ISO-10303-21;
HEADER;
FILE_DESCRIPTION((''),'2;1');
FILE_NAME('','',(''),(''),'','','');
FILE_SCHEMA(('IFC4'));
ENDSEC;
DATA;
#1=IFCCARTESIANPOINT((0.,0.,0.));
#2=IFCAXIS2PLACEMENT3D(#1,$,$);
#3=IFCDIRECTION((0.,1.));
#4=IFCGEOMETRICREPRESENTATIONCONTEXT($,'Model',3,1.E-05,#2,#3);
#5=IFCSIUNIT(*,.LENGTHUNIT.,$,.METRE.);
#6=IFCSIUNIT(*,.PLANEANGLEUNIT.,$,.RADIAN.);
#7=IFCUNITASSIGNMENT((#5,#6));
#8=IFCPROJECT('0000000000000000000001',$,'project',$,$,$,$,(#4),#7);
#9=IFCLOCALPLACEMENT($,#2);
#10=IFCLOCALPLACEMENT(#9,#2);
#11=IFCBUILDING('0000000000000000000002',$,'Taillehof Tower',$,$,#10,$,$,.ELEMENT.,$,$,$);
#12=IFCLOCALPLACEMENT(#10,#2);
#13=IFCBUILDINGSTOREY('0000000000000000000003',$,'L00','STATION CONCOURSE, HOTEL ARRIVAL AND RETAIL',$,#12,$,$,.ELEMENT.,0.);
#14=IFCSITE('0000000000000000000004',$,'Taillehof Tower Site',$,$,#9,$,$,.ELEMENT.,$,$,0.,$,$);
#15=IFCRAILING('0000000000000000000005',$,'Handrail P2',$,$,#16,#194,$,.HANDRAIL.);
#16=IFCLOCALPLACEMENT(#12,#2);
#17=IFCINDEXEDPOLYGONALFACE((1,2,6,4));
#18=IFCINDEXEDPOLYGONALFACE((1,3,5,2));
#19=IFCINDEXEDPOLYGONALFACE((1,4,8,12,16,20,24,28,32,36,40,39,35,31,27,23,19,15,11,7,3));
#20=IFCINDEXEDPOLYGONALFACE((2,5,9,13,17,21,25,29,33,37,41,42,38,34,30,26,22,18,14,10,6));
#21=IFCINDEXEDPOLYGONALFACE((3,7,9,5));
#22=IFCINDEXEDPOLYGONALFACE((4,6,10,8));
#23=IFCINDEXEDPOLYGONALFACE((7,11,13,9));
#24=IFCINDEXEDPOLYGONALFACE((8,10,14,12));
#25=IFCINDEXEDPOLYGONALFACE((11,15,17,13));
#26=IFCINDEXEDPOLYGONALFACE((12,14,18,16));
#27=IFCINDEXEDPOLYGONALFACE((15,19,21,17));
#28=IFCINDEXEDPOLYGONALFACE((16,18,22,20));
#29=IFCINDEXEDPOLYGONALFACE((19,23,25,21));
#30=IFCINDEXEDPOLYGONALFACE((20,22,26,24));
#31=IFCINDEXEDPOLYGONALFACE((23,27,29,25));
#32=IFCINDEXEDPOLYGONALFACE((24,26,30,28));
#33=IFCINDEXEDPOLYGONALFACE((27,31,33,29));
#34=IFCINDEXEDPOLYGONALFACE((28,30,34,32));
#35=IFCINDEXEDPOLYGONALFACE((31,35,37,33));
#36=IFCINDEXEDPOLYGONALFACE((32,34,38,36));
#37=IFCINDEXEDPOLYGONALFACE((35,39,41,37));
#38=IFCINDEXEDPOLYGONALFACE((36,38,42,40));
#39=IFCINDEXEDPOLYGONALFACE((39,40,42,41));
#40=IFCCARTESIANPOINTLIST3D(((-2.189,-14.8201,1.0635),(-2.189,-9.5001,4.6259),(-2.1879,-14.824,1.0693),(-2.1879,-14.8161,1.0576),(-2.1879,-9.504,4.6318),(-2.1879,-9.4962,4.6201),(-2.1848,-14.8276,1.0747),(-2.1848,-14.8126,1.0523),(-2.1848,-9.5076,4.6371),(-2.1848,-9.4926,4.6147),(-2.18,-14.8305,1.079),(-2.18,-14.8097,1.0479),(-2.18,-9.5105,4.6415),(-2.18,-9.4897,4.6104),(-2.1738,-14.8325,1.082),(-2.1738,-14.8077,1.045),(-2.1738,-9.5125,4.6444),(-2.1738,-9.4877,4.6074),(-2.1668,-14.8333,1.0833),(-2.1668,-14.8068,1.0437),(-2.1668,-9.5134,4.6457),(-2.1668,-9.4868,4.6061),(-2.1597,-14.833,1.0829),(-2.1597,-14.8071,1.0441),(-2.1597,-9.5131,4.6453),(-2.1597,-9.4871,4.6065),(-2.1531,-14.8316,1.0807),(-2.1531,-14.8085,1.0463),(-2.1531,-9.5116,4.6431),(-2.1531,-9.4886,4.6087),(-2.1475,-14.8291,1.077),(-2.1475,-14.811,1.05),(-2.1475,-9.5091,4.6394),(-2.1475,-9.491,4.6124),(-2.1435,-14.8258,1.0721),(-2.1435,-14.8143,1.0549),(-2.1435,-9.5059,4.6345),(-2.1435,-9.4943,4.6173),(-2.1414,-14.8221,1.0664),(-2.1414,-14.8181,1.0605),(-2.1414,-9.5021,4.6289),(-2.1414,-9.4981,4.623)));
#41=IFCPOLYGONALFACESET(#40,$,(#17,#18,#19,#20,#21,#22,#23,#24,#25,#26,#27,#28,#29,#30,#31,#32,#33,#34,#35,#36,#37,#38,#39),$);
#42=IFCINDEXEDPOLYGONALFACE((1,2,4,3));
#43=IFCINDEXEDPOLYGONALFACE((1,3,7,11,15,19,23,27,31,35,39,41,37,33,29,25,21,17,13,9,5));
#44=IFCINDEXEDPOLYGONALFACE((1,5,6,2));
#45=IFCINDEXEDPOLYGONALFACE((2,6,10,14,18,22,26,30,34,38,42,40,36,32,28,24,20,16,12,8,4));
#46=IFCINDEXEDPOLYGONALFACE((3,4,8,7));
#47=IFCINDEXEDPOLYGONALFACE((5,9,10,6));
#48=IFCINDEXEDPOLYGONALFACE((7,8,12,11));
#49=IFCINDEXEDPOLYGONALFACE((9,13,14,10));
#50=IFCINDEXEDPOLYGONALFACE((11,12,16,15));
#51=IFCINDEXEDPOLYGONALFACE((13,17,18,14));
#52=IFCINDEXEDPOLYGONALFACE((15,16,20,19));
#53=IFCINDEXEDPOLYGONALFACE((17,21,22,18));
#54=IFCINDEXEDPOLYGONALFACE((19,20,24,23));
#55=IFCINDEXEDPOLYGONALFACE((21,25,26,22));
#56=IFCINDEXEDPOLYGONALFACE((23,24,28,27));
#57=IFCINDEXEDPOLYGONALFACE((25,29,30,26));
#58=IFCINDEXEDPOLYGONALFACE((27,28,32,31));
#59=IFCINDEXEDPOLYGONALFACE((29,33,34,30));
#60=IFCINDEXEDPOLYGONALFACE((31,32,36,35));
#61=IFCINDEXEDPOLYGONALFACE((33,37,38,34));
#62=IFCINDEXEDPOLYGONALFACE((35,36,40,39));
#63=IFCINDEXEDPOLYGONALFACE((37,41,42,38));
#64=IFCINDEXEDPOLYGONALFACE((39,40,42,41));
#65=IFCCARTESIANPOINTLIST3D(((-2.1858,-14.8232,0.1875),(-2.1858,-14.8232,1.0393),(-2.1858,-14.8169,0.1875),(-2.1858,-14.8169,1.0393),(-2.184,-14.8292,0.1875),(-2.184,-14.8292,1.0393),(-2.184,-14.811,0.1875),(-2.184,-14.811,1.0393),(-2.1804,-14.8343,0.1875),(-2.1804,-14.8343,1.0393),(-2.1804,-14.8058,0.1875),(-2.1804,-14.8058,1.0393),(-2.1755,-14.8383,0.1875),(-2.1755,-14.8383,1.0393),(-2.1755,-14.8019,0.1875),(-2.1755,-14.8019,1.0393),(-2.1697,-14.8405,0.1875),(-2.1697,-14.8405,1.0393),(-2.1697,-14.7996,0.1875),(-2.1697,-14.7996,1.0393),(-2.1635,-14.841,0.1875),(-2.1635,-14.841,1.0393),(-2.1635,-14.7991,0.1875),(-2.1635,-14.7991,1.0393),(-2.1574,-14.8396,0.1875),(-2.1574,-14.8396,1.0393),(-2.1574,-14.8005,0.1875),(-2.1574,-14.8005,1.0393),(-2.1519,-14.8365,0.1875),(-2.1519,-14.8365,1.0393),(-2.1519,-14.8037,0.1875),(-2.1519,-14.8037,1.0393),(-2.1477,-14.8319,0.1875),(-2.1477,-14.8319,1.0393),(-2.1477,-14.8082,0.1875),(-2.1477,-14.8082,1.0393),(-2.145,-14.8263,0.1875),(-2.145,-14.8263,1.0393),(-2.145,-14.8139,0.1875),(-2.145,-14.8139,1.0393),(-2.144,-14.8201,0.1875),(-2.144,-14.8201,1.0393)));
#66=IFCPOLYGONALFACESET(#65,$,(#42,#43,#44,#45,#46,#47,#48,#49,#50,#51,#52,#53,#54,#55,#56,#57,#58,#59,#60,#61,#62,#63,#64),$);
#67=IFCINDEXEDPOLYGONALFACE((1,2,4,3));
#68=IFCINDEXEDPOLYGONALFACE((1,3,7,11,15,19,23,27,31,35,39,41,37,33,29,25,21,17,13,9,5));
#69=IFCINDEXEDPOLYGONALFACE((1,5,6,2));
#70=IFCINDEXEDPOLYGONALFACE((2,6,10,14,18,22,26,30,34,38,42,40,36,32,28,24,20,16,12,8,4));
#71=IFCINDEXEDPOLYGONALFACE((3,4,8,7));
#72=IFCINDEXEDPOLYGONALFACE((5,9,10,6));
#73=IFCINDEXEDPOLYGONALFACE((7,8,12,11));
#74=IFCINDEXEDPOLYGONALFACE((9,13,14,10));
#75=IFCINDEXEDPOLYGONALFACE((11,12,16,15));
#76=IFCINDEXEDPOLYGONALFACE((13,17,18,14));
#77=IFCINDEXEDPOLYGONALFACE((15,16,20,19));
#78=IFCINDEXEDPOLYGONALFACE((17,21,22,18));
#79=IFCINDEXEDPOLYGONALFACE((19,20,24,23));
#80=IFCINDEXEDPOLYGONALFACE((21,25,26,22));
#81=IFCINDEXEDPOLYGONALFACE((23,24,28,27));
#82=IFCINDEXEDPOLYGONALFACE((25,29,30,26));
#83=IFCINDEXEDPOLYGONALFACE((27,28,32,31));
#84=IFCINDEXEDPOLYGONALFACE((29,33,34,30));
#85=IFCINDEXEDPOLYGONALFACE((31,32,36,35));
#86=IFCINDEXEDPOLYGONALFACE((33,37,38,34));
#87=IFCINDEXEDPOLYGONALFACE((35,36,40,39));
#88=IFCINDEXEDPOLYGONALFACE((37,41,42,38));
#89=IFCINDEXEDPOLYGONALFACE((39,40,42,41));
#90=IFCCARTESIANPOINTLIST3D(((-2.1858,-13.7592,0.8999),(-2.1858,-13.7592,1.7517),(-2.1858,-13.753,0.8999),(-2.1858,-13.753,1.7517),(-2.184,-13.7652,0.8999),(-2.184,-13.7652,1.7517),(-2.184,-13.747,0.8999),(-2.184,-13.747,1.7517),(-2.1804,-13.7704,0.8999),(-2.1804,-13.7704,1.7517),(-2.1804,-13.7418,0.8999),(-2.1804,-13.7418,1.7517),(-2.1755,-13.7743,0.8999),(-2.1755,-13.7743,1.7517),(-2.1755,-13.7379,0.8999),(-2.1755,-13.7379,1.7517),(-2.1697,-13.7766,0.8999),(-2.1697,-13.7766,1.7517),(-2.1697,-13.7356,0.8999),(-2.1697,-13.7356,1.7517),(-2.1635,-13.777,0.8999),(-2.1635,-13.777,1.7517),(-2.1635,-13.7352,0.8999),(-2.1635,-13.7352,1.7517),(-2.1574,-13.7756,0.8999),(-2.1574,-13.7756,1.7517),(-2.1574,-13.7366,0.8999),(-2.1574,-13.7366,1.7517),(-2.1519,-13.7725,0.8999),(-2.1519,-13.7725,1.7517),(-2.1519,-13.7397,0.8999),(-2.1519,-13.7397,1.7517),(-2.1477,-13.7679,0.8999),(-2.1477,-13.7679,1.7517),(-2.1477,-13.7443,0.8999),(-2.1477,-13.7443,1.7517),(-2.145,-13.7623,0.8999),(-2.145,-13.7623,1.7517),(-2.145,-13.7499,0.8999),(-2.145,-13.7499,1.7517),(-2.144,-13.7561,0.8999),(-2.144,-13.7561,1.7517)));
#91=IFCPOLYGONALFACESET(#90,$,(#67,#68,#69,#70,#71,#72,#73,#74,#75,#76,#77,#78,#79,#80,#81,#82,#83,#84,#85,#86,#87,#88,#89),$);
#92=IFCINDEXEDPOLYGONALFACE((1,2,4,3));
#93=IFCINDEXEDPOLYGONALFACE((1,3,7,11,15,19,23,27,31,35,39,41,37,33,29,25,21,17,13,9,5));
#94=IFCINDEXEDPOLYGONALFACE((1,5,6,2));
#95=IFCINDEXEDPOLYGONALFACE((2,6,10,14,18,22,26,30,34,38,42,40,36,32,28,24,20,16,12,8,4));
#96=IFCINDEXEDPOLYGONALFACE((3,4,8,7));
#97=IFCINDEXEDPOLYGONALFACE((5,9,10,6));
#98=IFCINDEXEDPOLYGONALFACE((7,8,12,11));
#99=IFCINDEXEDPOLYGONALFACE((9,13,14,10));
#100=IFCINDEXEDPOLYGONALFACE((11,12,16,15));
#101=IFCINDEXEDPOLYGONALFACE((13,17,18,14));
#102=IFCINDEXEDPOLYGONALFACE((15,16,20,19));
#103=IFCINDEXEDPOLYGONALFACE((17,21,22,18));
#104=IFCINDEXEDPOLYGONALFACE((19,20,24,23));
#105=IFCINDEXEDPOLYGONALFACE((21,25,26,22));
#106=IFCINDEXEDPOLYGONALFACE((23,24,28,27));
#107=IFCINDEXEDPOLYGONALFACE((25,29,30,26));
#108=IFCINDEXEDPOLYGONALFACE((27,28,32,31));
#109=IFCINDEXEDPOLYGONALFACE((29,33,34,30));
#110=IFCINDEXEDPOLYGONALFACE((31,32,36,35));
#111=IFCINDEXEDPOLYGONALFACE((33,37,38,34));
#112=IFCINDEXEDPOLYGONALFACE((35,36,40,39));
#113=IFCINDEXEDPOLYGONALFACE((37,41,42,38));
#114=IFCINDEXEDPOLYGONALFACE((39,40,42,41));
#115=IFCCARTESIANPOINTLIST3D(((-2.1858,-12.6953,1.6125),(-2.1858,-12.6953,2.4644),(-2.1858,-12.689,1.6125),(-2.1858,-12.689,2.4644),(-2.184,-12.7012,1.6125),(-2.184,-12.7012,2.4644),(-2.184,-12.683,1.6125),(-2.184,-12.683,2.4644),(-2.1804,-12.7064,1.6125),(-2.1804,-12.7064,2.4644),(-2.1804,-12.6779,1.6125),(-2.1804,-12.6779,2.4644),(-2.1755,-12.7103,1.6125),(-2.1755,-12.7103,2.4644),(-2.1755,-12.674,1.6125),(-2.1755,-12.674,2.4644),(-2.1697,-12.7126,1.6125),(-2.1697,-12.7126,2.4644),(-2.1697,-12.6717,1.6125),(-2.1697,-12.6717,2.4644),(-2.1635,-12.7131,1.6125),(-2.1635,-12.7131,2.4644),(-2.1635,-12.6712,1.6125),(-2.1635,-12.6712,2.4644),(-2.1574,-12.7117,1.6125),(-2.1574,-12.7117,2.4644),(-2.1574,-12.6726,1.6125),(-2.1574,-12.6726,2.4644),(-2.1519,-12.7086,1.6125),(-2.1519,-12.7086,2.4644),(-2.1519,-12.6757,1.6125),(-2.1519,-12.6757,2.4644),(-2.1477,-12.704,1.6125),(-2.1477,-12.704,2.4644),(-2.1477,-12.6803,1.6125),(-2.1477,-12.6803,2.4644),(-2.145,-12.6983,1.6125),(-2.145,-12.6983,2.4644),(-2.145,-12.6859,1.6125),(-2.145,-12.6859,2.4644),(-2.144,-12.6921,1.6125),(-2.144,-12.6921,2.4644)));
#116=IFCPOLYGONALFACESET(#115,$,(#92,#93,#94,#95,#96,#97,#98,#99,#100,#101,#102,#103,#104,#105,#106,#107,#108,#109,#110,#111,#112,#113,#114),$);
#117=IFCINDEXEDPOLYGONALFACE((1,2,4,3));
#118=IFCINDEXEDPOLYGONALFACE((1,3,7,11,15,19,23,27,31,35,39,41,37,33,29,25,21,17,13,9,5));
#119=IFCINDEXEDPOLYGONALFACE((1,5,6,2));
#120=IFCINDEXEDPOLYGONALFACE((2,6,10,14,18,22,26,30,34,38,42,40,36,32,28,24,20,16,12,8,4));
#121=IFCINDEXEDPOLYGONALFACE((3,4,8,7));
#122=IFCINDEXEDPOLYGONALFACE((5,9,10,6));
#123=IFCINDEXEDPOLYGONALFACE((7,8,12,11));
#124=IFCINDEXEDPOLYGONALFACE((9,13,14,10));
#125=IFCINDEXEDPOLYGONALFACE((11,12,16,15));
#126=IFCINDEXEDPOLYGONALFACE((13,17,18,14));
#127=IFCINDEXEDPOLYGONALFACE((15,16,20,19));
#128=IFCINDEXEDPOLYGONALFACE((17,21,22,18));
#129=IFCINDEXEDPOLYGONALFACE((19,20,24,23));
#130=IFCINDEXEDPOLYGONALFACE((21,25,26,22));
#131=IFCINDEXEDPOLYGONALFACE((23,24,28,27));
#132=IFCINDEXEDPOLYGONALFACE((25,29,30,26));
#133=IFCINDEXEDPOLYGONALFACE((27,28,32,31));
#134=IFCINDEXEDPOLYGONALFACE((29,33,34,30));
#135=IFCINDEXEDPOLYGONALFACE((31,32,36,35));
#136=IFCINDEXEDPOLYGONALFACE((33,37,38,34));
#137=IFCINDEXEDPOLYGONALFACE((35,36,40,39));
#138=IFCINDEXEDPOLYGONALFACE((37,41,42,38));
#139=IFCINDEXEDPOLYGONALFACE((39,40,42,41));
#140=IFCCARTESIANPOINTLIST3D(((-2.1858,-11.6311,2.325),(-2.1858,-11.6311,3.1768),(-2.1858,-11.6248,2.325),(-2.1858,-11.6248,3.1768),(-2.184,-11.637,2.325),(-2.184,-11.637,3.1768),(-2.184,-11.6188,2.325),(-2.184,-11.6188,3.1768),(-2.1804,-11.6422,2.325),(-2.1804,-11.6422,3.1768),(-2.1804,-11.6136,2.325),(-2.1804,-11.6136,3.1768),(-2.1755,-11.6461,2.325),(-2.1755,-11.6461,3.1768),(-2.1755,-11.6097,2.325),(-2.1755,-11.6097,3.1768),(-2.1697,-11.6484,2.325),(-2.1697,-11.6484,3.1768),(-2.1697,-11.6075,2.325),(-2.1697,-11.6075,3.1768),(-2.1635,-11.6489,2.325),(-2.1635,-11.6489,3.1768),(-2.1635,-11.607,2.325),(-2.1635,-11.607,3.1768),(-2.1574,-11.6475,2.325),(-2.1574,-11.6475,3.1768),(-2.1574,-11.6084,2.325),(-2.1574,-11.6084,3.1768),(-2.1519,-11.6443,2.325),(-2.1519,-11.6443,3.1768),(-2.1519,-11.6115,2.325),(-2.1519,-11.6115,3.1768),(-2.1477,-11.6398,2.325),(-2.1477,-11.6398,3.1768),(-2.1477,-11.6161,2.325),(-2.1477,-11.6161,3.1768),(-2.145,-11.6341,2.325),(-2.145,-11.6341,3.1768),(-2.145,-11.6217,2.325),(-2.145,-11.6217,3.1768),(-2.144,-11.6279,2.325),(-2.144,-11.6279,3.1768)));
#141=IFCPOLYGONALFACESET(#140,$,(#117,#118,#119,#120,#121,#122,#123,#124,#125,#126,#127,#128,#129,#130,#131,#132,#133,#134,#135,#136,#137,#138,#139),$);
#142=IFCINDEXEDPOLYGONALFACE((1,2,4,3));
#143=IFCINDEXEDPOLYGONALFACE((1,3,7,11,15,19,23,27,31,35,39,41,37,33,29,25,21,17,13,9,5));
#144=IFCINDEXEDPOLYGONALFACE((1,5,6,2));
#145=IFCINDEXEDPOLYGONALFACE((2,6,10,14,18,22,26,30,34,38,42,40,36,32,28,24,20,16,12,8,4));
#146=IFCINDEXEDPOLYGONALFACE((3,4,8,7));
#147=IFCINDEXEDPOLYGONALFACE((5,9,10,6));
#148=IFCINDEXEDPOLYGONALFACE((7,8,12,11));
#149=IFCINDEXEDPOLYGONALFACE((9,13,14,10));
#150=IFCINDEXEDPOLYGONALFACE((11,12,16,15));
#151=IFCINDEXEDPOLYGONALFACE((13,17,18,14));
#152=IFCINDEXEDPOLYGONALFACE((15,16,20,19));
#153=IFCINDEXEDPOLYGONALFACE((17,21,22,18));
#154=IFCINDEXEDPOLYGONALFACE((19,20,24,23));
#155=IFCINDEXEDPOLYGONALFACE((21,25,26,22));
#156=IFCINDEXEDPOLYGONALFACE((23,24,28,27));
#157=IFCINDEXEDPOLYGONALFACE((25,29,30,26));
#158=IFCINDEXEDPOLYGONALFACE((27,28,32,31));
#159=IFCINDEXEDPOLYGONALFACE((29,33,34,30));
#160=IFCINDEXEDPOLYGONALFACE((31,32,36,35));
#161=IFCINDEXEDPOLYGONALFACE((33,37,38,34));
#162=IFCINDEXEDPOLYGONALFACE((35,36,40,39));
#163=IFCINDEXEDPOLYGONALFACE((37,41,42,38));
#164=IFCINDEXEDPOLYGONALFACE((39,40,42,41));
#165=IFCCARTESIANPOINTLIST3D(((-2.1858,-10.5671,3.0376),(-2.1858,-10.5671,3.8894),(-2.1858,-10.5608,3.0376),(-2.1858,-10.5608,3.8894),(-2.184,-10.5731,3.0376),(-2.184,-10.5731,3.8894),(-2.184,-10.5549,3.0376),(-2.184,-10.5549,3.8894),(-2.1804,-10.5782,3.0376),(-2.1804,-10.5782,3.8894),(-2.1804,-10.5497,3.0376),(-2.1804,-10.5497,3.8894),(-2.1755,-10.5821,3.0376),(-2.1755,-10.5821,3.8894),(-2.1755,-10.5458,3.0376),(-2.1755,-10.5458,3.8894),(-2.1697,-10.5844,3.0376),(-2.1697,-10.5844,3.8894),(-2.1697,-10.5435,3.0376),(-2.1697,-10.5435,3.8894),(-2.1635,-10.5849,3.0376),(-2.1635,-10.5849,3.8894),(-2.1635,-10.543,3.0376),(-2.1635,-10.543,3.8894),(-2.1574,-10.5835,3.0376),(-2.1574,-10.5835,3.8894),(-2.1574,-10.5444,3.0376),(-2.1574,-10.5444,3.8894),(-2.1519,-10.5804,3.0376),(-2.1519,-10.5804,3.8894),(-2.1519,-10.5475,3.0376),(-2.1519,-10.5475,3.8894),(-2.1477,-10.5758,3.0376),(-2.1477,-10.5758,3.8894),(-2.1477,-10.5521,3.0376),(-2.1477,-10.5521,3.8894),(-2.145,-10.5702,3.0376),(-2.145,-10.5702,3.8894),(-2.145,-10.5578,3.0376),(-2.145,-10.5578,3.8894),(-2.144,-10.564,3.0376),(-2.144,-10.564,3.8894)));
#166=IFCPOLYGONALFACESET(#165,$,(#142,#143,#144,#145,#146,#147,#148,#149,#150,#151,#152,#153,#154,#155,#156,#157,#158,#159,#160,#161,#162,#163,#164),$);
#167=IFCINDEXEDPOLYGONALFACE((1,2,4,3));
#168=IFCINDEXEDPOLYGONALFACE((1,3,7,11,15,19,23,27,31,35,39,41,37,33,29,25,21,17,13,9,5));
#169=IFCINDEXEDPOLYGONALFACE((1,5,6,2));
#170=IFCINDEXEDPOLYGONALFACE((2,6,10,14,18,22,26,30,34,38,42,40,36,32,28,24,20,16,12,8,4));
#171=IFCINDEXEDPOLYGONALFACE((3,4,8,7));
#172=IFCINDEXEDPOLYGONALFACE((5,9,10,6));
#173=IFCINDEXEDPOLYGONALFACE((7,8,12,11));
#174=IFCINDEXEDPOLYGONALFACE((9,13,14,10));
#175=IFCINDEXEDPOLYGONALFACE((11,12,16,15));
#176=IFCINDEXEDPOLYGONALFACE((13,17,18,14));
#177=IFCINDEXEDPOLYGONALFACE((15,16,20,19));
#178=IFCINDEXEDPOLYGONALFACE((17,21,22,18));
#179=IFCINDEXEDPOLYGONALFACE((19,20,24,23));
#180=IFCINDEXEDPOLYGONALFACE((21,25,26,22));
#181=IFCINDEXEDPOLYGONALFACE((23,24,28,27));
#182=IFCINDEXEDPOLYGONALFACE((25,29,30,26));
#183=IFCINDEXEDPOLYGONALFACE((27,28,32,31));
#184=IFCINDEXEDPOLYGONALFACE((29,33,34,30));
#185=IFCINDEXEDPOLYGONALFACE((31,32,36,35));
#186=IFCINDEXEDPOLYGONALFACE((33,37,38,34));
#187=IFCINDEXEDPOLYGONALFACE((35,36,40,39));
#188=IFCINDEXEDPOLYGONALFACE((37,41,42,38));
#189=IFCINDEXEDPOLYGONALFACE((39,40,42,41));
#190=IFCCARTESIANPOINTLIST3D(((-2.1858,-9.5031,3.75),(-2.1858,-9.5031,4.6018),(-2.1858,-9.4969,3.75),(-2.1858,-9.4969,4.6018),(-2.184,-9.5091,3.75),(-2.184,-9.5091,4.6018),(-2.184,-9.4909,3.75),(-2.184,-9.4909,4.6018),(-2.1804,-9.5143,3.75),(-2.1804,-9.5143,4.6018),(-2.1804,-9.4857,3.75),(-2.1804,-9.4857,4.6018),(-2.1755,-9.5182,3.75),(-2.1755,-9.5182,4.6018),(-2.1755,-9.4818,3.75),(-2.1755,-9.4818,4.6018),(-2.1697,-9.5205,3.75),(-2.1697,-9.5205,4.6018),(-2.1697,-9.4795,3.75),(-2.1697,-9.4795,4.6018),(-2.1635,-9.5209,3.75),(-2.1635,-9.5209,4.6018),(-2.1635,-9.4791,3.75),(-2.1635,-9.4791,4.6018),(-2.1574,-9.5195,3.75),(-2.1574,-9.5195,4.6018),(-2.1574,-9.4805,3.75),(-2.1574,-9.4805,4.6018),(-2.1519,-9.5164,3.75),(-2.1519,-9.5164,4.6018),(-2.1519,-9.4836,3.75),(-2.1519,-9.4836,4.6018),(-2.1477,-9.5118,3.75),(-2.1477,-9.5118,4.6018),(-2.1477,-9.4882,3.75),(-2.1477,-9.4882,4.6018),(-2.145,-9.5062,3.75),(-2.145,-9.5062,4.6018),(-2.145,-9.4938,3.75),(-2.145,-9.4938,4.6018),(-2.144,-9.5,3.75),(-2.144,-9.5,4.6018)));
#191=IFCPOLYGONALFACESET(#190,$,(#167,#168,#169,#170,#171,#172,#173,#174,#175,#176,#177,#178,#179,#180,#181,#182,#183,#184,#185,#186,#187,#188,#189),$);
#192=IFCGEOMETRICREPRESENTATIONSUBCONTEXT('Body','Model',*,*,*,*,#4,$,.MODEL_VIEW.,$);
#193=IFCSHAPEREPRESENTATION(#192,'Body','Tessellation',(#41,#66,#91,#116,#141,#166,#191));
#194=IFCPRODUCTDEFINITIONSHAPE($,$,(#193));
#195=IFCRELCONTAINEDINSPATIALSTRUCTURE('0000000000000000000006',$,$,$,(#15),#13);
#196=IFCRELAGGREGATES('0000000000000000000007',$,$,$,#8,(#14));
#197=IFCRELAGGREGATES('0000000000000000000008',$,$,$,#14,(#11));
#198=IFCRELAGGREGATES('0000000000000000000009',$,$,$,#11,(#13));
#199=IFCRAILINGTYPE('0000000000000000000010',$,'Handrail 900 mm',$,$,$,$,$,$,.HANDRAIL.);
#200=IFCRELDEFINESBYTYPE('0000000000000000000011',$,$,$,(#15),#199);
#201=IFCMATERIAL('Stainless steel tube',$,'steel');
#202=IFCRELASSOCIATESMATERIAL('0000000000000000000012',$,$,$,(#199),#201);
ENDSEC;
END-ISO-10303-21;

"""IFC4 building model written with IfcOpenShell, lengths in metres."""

from ifc_helpers import new_model, si_unit, direction, frame, origin, origin_2d, place, context, subcontext, project, spatial, circle, extrude, material, type_object, element, save


model = new_model("IFC4")

# Units and contexts
model_context = context("Model", 3, precision=1e-05, world=origin(), true_north=direction((0.0, 1.0)))
body_context = subcontext(model_context, "Body", "Model", "MODEL_VIEW")
ifc_project = project(units=[si_unit("LENGTHUNIT", "METRE"), si_unit("PLANEANGLEUNIT", "RADIAN")], contexts=[model_context])

# Site, building, storey
site_placement = place(None, origin())
site = spatial("IfcSite", under=ifc_project, at=site_placement, Name="Taillehof Tower Site", CompositionType="ELEMENT", RefElevation=0.0)
building_placement = place(site_placement, origin())
building = spatial("IfcBuilding", under=site, at=building_placement, Name="Taillehof Tower", CompositionType="ELEMENT")
storey_placement = place(building_placement, origin())
storey = spatial("IfcBuildingStorey", under=building, at=storey_placement, Name="L00", Description="STATION CONCOURSE, HOTEL ARRIVAL AND RETAIL", CompositionType="ELEMENT", Elevation=0.0)

# Railing
ifc_material_1 = material(Name="Stainless steel tube", Category="steel")
railing_type_1 = type_object("IfcRailingType", Name="Handrail 900 mm", PredefinedType="HANDRAIL", material=ifc_material_1)
railing_1_placement = place(storey_placement, frame((-2.165, -14.8201, 0.1875)))
element("IfcRailing", 1, at=railing_1_placement, inside=storey, type_object=railing_type_1, Name="Handrail P2", PredefinedType="HANDRAIL", context=body_context, shape_type="SweptSolid", body=[
    extrude(circle(Radius=0.0239, at=origin_2d()), frame((0.0, 0.0, 0.876), z_axis=(0.0, 0.83091, 0.556406), x_axis=(-1.0, 0.0, 0.0)), (0.0, 0.0, 1.0), 6.4026),
    extrude(circle(Radius=0.021, at=origin_2d()), origin(), (0.0, 0.0, 1.0), 0.8518),
    extrude(circle(Radius=0.021, at=origin_2d()), frame((0.0, 1.064, 0.7124)), (0.0, 0.0, 1.0), 0.8518),
    extrude(circle(Radius=0.021, at=origin_2d()), frame((0.0, 2.1279, 1.425)), (0.0, 0.0, 1.0), 0.8518),
    extrude(circle(Radius=0.021, at=origin_2d()), frame((0.0, 3.1921, 2.1375)), (0.0, 0.0, 1.0), 0.8518),
    extrude(circle(Radius=0.021, at=origin_2d()), frame((0.0, 4.2561, 2.8501)), (0.0, 0.0, 1.0), 0.8518),
    extrude(circle(Radius=0.021, at=origin_2d()), frame((0.0, 5.3201, 3.5625)), (0.0, 0.0, 1.0), 0.8518),
])

save(model, "model.ifc")
